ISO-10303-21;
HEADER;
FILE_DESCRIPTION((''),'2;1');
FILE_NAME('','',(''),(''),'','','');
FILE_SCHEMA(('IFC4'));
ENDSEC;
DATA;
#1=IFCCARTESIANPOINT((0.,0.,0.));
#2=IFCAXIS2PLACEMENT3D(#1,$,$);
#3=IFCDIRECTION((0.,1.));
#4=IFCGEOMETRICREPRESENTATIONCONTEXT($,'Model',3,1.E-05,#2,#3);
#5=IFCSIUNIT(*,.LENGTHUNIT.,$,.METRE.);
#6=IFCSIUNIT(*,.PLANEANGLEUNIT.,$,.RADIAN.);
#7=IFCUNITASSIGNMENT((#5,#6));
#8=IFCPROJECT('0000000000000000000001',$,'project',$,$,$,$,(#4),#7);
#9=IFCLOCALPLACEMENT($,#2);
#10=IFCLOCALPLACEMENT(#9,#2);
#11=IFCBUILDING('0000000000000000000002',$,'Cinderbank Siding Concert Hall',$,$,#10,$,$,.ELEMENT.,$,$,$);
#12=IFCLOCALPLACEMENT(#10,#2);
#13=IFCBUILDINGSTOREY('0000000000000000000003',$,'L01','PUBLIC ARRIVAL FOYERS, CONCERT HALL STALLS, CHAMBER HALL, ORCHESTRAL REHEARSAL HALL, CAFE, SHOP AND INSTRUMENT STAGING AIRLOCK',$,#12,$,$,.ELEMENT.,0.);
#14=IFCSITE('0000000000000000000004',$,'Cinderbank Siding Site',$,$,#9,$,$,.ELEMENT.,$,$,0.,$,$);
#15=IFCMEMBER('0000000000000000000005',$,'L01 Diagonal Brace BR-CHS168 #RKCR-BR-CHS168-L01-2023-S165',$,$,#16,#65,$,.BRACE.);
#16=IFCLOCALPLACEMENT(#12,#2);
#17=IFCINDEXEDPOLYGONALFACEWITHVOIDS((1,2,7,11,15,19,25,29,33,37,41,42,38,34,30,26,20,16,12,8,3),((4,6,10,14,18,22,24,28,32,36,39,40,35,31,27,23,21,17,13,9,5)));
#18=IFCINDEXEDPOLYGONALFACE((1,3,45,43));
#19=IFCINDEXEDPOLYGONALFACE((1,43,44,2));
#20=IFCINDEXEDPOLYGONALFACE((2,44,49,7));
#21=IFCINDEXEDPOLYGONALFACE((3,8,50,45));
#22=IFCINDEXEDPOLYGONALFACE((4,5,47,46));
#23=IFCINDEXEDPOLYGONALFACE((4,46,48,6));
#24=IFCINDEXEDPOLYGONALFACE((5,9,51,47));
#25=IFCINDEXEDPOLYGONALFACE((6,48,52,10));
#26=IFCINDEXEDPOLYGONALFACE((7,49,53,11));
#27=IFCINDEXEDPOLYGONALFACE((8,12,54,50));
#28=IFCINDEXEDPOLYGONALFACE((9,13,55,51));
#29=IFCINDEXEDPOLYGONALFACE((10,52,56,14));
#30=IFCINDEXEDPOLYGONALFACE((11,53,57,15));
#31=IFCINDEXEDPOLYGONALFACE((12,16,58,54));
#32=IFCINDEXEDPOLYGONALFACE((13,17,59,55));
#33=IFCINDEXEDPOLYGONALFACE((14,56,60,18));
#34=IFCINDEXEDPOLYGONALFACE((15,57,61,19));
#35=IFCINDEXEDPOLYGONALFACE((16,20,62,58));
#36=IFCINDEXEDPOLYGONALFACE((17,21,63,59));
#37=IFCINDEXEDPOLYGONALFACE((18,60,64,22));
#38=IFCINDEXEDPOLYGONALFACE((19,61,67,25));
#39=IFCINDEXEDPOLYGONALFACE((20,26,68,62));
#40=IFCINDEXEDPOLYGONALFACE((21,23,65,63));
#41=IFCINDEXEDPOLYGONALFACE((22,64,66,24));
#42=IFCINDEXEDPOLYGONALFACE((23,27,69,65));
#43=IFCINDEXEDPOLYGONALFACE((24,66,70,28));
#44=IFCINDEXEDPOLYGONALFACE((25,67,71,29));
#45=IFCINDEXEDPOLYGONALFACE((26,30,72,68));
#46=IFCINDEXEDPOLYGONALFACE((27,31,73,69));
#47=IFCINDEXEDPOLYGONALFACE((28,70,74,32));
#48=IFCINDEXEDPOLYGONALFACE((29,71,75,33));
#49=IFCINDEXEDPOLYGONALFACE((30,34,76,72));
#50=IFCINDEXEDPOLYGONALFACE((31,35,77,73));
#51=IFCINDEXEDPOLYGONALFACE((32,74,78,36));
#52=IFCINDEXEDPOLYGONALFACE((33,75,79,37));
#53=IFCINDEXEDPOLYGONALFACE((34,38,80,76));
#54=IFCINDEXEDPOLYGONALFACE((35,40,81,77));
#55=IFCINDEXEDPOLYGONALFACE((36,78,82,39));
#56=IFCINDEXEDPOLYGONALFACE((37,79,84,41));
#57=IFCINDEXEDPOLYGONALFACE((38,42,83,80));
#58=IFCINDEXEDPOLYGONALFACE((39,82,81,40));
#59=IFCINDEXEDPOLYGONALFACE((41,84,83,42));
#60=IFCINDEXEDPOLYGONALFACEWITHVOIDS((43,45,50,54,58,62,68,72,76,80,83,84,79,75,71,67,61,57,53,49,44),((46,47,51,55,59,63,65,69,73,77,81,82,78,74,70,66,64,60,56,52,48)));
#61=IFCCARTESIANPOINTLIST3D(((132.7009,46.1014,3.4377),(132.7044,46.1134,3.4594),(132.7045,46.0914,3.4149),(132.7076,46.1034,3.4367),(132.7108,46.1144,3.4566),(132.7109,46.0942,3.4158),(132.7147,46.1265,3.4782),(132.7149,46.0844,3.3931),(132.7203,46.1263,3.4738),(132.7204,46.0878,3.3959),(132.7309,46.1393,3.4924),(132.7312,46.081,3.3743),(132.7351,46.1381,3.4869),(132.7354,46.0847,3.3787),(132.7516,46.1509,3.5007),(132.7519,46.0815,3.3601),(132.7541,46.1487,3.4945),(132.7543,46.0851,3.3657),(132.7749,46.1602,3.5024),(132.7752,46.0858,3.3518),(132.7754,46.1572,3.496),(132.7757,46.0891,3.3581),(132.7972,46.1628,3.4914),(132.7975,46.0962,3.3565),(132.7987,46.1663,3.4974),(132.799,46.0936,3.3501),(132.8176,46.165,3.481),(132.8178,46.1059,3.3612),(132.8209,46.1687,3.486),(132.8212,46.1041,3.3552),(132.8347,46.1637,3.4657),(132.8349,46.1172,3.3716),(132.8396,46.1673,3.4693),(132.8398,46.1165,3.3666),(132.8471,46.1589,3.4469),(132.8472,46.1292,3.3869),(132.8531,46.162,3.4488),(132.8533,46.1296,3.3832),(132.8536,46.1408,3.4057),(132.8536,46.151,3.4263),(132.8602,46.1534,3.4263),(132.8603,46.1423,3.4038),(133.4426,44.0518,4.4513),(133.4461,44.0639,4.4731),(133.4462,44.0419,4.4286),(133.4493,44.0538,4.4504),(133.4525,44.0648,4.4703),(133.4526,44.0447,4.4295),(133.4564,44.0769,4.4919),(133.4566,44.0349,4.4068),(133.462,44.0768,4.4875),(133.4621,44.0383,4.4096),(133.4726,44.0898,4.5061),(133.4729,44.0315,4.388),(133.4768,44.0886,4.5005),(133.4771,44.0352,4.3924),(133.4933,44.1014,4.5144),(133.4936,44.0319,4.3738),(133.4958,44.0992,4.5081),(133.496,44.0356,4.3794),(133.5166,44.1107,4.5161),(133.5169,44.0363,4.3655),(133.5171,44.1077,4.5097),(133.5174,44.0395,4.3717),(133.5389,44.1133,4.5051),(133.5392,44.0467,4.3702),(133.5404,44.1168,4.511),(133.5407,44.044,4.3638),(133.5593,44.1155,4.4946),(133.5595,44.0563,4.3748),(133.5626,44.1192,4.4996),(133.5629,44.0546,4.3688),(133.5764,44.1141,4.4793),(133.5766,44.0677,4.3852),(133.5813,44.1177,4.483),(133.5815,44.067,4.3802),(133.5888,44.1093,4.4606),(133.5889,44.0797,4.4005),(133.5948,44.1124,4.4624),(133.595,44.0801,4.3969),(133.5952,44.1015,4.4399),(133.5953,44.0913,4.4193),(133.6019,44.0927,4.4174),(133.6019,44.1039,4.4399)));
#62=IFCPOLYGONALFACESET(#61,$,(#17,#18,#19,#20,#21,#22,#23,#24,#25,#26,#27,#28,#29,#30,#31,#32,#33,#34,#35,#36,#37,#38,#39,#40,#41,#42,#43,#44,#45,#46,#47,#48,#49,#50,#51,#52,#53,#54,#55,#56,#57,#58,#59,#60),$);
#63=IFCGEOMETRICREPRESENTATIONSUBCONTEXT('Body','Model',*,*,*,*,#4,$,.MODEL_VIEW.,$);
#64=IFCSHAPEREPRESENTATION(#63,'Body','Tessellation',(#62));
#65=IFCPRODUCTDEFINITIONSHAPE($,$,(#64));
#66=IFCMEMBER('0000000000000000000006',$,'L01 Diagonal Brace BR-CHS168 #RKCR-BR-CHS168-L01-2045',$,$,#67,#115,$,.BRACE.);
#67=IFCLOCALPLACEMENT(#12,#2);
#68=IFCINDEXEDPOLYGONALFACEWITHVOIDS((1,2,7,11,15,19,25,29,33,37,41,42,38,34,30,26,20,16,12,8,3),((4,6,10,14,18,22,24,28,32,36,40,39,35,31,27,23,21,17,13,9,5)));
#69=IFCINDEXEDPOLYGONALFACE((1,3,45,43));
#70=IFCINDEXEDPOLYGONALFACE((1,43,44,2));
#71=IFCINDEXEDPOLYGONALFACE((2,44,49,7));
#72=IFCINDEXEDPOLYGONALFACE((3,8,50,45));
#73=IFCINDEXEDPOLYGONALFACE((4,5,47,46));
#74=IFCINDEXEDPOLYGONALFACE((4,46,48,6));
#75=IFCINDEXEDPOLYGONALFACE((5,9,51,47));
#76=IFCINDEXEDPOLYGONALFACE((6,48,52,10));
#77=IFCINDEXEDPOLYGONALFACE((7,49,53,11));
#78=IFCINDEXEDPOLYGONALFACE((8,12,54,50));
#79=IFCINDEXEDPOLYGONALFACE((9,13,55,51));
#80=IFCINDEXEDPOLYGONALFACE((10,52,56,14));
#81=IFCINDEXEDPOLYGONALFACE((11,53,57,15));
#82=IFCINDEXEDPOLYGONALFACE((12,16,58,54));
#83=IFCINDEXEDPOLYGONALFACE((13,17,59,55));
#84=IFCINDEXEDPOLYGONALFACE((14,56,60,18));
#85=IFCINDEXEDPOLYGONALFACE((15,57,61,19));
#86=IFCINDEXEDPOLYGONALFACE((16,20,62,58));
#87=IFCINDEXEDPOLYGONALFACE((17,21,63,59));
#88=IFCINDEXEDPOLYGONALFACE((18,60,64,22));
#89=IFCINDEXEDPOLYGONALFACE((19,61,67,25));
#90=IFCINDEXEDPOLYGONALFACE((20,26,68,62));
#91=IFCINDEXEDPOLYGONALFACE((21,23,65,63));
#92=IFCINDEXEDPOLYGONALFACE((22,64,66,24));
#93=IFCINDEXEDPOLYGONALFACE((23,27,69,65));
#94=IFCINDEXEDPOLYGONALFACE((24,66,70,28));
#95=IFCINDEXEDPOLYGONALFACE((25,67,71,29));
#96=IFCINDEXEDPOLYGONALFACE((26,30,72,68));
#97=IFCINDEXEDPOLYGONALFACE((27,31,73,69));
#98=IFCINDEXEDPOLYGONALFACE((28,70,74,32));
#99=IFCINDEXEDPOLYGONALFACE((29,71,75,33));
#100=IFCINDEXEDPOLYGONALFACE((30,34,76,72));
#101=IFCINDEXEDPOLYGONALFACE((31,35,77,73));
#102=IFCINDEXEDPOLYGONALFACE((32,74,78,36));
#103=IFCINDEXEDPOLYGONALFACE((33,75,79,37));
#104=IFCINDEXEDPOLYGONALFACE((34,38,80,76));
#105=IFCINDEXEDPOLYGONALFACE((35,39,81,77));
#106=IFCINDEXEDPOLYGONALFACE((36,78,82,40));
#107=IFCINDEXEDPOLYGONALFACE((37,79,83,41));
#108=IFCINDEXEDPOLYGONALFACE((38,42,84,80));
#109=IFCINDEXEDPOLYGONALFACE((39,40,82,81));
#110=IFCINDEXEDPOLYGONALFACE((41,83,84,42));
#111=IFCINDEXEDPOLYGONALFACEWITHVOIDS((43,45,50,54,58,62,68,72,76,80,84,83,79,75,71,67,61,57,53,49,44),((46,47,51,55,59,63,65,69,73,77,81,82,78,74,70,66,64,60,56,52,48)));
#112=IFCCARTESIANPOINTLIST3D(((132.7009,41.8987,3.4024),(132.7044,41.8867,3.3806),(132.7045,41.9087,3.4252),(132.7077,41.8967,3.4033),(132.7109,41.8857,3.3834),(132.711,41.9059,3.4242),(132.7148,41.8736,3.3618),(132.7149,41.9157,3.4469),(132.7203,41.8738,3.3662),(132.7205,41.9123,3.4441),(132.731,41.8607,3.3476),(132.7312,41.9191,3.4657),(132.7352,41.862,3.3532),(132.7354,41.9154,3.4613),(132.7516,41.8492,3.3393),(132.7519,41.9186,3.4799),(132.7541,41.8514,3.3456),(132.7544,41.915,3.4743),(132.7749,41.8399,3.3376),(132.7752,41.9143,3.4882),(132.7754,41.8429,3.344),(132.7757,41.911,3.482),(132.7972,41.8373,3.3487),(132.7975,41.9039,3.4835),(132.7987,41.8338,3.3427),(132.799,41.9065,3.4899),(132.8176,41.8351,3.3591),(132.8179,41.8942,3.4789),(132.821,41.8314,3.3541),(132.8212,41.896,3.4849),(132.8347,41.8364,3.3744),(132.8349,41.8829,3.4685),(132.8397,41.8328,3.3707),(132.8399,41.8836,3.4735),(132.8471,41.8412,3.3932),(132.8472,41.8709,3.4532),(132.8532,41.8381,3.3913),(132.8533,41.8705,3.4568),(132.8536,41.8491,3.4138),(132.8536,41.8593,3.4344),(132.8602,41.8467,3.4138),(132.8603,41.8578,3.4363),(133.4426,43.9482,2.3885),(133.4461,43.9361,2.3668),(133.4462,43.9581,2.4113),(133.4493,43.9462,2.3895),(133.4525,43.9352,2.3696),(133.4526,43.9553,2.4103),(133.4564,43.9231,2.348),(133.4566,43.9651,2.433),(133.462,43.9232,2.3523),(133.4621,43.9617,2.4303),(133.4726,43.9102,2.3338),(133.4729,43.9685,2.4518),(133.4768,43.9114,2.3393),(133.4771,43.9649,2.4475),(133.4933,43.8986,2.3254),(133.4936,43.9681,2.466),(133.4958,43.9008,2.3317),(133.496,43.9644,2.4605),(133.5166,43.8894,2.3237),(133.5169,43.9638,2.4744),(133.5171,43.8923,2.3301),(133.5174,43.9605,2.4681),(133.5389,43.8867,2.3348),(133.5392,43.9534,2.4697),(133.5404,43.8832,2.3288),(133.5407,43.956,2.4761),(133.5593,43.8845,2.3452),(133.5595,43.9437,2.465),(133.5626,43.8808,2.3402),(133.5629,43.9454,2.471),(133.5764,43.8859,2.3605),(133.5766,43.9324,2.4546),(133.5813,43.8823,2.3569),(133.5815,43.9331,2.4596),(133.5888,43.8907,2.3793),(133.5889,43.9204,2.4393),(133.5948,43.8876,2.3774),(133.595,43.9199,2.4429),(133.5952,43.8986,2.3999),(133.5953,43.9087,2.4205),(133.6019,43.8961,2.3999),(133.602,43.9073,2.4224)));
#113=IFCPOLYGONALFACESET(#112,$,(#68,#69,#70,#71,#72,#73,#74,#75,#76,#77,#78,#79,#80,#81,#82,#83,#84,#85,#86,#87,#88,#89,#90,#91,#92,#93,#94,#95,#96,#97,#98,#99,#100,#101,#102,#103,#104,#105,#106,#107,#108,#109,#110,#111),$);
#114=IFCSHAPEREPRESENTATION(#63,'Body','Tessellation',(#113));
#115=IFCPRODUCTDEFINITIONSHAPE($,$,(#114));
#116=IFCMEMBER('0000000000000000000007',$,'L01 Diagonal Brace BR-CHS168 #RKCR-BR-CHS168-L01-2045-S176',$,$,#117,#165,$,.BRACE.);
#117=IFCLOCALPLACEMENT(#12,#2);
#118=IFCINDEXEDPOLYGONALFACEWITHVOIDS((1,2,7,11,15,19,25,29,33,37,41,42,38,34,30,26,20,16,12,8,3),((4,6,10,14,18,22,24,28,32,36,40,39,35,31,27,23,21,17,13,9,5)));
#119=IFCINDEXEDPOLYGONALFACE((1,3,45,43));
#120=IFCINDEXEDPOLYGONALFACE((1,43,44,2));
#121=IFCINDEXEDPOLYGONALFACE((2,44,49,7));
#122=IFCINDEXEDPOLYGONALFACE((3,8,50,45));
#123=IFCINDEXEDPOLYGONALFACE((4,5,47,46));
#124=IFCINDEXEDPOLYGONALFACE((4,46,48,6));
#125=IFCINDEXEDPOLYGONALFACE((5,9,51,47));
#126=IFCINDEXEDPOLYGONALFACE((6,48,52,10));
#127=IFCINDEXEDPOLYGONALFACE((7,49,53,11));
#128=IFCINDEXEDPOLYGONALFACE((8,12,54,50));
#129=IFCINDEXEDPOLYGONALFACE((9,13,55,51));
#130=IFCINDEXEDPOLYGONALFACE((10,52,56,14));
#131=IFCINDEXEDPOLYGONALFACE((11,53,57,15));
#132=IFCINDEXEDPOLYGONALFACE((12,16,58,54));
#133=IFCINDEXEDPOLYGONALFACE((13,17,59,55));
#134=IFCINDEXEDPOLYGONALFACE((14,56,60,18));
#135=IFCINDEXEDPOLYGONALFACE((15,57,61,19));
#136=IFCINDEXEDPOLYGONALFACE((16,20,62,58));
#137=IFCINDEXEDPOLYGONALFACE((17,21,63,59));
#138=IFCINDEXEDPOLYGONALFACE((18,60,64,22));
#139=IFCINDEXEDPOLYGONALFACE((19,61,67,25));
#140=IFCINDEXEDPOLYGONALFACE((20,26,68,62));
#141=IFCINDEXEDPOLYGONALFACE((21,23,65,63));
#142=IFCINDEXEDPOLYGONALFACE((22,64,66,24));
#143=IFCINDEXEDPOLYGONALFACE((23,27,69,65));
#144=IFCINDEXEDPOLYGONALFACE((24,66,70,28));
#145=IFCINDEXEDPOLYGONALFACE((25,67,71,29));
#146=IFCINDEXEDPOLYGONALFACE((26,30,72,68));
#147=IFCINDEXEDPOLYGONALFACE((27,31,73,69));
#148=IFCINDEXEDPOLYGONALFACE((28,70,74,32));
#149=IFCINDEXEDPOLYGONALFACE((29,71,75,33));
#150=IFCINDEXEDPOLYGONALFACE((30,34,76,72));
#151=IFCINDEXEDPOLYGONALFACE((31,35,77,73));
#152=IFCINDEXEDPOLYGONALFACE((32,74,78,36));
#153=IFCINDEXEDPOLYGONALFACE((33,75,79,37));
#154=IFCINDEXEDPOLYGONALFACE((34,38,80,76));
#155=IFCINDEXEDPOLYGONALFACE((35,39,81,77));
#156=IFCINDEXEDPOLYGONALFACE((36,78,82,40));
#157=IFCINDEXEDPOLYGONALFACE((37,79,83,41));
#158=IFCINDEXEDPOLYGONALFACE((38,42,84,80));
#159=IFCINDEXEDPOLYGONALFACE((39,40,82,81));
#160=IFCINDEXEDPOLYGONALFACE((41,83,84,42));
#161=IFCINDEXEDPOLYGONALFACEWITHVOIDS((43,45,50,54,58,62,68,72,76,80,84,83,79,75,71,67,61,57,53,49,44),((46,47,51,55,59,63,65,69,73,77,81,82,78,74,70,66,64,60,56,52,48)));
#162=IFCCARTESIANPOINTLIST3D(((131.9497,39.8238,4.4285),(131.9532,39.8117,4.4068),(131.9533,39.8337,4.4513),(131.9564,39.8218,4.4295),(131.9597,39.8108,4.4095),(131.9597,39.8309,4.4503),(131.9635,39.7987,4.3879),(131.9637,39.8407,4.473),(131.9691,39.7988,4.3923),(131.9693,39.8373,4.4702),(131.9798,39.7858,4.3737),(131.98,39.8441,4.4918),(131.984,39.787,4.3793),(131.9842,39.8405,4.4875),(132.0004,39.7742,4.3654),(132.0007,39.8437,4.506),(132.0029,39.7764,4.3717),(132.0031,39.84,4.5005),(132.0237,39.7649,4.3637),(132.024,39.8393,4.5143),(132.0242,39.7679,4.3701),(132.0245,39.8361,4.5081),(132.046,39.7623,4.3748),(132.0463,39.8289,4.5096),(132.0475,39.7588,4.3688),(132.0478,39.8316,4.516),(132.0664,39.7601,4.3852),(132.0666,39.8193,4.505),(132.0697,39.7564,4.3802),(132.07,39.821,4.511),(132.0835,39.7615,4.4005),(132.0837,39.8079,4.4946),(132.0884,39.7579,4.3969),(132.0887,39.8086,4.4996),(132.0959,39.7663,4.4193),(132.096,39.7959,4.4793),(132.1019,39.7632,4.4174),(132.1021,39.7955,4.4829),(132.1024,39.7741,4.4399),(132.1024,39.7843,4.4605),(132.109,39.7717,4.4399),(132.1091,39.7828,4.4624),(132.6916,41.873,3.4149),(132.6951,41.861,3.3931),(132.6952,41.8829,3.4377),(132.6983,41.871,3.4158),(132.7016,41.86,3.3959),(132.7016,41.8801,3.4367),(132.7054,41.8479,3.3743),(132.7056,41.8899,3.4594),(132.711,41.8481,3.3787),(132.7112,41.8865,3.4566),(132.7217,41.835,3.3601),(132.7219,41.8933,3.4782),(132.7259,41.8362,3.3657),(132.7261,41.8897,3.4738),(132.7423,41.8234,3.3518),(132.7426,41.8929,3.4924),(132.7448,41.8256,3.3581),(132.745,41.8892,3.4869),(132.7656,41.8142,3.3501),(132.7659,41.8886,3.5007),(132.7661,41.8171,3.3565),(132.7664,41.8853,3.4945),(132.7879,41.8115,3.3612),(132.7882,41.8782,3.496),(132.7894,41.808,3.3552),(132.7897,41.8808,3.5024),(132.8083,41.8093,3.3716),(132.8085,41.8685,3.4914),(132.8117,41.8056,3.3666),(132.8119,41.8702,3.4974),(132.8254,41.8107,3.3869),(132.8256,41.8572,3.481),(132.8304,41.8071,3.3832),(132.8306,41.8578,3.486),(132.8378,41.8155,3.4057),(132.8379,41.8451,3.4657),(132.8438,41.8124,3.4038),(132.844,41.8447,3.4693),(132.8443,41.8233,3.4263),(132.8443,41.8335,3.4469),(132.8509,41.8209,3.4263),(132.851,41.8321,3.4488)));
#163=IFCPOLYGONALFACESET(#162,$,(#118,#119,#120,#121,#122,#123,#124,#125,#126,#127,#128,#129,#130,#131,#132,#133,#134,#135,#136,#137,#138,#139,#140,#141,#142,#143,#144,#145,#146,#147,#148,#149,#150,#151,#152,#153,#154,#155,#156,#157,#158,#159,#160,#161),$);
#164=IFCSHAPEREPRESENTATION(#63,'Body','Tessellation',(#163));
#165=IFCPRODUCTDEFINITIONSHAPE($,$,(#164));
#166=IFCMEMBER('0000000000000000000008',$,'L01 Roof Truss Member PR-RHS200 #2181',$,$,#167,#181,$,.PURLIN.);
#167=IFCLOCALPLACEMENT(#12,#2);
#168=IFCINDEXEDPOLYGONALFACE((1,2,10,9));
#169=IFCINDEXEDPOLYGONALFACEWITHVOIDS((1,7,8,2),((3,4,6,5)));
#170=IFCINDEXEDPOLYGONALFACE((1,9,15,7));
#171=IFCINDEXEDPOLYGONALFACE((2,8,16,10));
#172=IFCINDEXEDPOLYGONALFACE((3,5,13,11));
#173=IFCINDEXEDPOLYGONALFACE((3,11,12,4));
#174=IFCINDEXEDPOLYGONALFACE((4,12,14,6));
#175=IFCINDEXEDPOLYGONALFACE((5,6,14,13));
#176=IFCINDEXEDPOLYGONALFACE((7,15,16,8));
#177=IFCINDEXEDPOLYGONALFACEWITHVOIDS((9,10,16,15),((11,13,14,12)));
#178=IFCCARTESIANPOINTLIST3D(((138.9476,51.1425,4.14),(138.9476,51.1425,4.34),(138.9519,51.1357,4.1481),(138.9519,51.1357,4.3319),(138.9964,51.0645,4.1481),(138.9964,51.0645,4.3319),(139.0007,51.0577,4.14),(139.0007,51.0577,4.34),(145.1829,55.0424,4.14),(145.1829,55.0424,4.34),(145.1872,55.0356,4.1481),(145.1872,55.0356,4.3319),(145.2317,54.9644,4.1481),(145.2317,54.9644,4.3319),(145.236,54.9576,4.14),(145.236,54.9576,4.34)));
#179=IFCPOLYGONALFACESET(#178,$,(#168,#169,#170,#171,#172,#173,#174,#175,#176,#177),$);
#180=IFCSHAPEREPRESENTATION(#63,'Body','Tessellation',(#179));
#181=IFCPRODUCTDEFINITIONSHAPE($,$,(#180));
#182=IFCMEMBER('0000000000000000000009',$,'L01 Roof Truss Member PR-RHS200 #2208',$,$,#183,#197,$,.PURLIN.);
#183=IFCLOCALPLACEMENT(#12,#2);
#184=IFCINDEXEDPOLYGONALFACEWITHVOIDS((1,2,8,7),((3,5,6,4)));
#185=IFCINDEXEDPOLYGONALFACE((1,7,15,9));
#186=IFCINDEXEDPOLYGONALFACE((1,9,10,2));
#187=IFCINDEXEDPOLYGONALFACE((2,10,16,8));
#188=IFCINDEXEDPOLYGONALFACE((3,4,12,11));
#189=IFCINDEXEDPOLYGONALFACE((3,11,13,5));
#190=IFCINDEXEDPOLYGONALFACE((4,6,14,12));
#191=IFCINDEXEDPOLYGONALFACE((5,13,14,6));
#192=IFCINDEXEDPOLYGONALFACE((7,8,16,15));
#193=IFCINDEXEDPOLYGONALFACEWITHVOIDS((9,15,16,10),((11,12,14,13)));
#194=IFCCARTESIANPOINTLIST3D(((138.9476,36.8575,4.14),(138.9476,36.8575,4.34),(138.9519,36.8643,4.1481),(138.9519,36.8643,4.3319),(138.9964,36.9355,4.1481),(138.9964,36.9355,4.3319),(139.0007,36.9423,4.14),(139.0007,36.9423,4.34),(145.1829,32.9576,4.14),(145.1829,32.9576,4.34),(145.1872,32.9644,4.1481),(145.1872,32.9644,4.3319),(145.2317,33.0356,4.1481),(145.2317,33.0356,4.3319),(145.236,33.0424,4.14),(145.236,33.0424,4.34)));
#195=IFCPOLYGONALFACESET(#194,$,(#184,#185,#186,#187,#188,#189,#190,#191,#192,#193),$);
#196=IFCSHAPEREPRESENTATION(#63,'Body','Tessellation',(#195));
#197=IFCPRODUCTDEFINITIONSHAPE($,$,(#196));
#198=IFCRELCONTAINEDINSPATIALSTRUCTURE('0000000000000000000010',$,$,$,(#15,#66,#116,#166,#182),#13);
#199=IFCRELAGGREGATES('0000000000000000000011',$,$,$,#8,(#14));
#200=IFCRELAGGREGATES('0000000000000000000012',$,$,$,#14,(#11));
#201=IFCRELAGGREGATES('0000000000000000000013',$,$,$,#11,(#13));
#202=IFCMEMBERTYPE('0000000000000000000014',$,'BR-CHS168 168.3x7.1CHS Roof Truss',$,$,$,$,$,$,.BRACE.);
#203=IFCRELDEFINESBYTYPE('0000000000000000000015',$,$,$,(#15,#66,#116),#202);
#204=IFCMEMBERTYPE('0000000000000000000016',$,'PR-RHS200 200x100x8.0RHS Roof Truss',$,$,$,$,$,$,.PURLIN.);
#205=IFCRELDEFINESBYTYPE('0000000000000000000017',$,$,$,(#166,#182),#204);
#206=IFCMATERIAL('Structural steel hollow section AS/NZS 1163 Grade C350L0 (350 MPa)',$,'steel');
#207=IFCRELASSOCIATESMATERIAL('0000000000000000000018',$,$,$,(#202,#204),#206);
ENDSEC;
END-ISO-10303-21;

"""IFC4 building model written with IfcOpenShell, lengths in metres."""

from ifc_helpers import new_model, si_unit, direction, frame, origin, origin_2d, place, context, subcontext, project, spatial, hollow_rectangle, hollow_circle, extrude, material, material_profile, profile_set, type_object, element, save


model = new_model("IFC4")

# Units and contexts
model_context = context("Model", 3, precision=1e-05, world=origin(), true_north=direction((0.0, 1.0)))
body_context = subcontext(model_context, "Body", "Model", "MODEL_VIEW")
ifc_project = project(units=[si_unit("LENGTHUNIT", "METRE"), si_unit("PLANEANGLEUNIT", "RADIAN")], contexts=[model_context])

# Site, building, storey
site_placement = place(None, origin())
site = spatial("IfcSite", under=ifc_project, at=site_placement, Name="Cinderbank Siding Site", CompositionType="ELEMENT", RefElevation=0.0)
building_placement = place(site_placement, origin())
building = spatial("IfcBuilding", under=site, at=building_placement, Name="Cinderbank Siding Concert Hall", CompositionType="ELEMENT")
storey_placement = place(building_placement, origin())
storey = spatial("IfcBuildingStorey", under=building, at=storey_placement, Name="L01", Description="PUBLIC ARRIVAL FOYERS, CONCERT HALL STALLS, CHAMBER HALL, ORCHESTRAL REHEARSAL HALL, CAFE, SHOP AND INSTRUMENT STAGING AIRLOCK", CompositionType="ELEMENT", Elevation=0.0)

# Members
ifc_material_1 = material(Name="Structural steel hollow section AS/NZS 1163 Grade C350L0 (350 MPa)", Category="steel")
ifc_material_profile_1 = material_profile(ifc_material_1, hollow_circle(Radius=0.0842, WallThickness=0.0071, at=origin_2d()), Name="168.3x7.1CHS", Category="LoadBearing")
ifc_profile_set_1 = profile_set([ifc_material_profile_1], Name="Structural steel hollow section AS/NZS 1163 Grade C350L0 (350 MPa)")
member_type_1 = type_object("IfcMemberType", Name="BR-CHS168 168.3x7.1CHS Roof Truss", PredefinedType="BRACE", material=ifc_profile_set_1)
for number, where, z_axis, x_axis, name in (
    (1, (132.781, 46.1248, 3.4263), (0.30855, -0.852627, 0.421692), (0.940322, 0.340286, 0.0), "L01 Diagonal Brace BR-CHS168 #RKCR-BR-CHS168-L01-2023-S165"),
    (2, (133.5227, 43.9248, 2.3999), (-0.308537, -0.85259, 0.421776), (0.940322, -0.340286, 0.0), "L01 Diagonal Brace BR-CHS168 #RKCR-BR-CHS168-L01-2045"),
):
    element("IfcMember", number, at=place(storey_placement, frame(where, z_axis=z_axis, x_axis=x_axis)), inside=storey, type_object=member_type_1, Name=name, PredefinedType="BRACE", context=body_context, shape_type="SweptSolid", body=[
        extrude(hollow_circle(Radius=0.0842, WallThickness=0.0071, at=origin_2d()), origin(), (0.0, 0.0, 1.0), 2.4038),
    ])
member_1_placement = place(storey_placement, frame((132.7717, 41.8496, 3.4263), z_axis=(-0.308669, -0.852572, 0.421716), x_axis=(0.940273, -0.340421, 0.0)))
element("IfcMember", 3, at=member_1_placement, inside=storey, type_object=member_type_1, Name="L01 Diagonal Brace BR-CHS168 #RKCR-BR-CHS168-L01-2045-S176", PredefinedType="BRACE", context=body_context, shape_type="SweptSolid", body=[
    extrude(hollow_circle(Radius=0.0842, WallThickness=0.0071, at=origin_2d()), origin(), (0.0, 0.0, 1.0), 2.4036),
])
ifc_material_profile_2 = material_profile(ifc_material_1, hollow_rectangle(XDim=0.1001, YDim=0.2, WallThickness=0.0081, at=origin_2d()), Name="200x100x8.0RHS", Category="LoadBearing")
ifc_profile_set_2 = profile_set([ifc_material_profile_2], Name="Structural steel hollow section AS/NZS 1163 Grade C350L0 (350 MPa)")
member_type_2 = type_object("IfcMemberType", Name="PR-RHS200 200x100x8.0RHS Roof Truss", PredefinedType="PURLIN", material=ifc_profile_set_2)
for number, where, z_axis, x_axis, name in (
    (4, (138.9741, 51.1001, 4.24), (0.847827, 0.530273, 0.0), (-0.530273, 0.847827, 0.0), "L01 Roof Truss Member PR-RHS200 #2181"),
    (5, (138.9741, 36.8999, 4.24), (0.847827, -0.530273, 0.0), (0.530273, 0.847827, 0.0), "L01 Roof Truss Member PR-RHS200 #2208"),
):
    element("IfcMember", number, at=place(storey_placement, frame(where, z_axis=z_axis, x_axis=x_axis)), inside=storey, type_object=member_type_2, Name=name, PredefinedType="PURLIN", context=body_context, shape_type="SweptSolid", body=[
        extrude(hollow_rectangle(XDim=0.1001, YDim=0.2, WallThickness=0.0081, at=origin_2d()), origin(), (0.0, 0.0, 1.0), 7.3545),
    ])

save(model, "model.ifc")
